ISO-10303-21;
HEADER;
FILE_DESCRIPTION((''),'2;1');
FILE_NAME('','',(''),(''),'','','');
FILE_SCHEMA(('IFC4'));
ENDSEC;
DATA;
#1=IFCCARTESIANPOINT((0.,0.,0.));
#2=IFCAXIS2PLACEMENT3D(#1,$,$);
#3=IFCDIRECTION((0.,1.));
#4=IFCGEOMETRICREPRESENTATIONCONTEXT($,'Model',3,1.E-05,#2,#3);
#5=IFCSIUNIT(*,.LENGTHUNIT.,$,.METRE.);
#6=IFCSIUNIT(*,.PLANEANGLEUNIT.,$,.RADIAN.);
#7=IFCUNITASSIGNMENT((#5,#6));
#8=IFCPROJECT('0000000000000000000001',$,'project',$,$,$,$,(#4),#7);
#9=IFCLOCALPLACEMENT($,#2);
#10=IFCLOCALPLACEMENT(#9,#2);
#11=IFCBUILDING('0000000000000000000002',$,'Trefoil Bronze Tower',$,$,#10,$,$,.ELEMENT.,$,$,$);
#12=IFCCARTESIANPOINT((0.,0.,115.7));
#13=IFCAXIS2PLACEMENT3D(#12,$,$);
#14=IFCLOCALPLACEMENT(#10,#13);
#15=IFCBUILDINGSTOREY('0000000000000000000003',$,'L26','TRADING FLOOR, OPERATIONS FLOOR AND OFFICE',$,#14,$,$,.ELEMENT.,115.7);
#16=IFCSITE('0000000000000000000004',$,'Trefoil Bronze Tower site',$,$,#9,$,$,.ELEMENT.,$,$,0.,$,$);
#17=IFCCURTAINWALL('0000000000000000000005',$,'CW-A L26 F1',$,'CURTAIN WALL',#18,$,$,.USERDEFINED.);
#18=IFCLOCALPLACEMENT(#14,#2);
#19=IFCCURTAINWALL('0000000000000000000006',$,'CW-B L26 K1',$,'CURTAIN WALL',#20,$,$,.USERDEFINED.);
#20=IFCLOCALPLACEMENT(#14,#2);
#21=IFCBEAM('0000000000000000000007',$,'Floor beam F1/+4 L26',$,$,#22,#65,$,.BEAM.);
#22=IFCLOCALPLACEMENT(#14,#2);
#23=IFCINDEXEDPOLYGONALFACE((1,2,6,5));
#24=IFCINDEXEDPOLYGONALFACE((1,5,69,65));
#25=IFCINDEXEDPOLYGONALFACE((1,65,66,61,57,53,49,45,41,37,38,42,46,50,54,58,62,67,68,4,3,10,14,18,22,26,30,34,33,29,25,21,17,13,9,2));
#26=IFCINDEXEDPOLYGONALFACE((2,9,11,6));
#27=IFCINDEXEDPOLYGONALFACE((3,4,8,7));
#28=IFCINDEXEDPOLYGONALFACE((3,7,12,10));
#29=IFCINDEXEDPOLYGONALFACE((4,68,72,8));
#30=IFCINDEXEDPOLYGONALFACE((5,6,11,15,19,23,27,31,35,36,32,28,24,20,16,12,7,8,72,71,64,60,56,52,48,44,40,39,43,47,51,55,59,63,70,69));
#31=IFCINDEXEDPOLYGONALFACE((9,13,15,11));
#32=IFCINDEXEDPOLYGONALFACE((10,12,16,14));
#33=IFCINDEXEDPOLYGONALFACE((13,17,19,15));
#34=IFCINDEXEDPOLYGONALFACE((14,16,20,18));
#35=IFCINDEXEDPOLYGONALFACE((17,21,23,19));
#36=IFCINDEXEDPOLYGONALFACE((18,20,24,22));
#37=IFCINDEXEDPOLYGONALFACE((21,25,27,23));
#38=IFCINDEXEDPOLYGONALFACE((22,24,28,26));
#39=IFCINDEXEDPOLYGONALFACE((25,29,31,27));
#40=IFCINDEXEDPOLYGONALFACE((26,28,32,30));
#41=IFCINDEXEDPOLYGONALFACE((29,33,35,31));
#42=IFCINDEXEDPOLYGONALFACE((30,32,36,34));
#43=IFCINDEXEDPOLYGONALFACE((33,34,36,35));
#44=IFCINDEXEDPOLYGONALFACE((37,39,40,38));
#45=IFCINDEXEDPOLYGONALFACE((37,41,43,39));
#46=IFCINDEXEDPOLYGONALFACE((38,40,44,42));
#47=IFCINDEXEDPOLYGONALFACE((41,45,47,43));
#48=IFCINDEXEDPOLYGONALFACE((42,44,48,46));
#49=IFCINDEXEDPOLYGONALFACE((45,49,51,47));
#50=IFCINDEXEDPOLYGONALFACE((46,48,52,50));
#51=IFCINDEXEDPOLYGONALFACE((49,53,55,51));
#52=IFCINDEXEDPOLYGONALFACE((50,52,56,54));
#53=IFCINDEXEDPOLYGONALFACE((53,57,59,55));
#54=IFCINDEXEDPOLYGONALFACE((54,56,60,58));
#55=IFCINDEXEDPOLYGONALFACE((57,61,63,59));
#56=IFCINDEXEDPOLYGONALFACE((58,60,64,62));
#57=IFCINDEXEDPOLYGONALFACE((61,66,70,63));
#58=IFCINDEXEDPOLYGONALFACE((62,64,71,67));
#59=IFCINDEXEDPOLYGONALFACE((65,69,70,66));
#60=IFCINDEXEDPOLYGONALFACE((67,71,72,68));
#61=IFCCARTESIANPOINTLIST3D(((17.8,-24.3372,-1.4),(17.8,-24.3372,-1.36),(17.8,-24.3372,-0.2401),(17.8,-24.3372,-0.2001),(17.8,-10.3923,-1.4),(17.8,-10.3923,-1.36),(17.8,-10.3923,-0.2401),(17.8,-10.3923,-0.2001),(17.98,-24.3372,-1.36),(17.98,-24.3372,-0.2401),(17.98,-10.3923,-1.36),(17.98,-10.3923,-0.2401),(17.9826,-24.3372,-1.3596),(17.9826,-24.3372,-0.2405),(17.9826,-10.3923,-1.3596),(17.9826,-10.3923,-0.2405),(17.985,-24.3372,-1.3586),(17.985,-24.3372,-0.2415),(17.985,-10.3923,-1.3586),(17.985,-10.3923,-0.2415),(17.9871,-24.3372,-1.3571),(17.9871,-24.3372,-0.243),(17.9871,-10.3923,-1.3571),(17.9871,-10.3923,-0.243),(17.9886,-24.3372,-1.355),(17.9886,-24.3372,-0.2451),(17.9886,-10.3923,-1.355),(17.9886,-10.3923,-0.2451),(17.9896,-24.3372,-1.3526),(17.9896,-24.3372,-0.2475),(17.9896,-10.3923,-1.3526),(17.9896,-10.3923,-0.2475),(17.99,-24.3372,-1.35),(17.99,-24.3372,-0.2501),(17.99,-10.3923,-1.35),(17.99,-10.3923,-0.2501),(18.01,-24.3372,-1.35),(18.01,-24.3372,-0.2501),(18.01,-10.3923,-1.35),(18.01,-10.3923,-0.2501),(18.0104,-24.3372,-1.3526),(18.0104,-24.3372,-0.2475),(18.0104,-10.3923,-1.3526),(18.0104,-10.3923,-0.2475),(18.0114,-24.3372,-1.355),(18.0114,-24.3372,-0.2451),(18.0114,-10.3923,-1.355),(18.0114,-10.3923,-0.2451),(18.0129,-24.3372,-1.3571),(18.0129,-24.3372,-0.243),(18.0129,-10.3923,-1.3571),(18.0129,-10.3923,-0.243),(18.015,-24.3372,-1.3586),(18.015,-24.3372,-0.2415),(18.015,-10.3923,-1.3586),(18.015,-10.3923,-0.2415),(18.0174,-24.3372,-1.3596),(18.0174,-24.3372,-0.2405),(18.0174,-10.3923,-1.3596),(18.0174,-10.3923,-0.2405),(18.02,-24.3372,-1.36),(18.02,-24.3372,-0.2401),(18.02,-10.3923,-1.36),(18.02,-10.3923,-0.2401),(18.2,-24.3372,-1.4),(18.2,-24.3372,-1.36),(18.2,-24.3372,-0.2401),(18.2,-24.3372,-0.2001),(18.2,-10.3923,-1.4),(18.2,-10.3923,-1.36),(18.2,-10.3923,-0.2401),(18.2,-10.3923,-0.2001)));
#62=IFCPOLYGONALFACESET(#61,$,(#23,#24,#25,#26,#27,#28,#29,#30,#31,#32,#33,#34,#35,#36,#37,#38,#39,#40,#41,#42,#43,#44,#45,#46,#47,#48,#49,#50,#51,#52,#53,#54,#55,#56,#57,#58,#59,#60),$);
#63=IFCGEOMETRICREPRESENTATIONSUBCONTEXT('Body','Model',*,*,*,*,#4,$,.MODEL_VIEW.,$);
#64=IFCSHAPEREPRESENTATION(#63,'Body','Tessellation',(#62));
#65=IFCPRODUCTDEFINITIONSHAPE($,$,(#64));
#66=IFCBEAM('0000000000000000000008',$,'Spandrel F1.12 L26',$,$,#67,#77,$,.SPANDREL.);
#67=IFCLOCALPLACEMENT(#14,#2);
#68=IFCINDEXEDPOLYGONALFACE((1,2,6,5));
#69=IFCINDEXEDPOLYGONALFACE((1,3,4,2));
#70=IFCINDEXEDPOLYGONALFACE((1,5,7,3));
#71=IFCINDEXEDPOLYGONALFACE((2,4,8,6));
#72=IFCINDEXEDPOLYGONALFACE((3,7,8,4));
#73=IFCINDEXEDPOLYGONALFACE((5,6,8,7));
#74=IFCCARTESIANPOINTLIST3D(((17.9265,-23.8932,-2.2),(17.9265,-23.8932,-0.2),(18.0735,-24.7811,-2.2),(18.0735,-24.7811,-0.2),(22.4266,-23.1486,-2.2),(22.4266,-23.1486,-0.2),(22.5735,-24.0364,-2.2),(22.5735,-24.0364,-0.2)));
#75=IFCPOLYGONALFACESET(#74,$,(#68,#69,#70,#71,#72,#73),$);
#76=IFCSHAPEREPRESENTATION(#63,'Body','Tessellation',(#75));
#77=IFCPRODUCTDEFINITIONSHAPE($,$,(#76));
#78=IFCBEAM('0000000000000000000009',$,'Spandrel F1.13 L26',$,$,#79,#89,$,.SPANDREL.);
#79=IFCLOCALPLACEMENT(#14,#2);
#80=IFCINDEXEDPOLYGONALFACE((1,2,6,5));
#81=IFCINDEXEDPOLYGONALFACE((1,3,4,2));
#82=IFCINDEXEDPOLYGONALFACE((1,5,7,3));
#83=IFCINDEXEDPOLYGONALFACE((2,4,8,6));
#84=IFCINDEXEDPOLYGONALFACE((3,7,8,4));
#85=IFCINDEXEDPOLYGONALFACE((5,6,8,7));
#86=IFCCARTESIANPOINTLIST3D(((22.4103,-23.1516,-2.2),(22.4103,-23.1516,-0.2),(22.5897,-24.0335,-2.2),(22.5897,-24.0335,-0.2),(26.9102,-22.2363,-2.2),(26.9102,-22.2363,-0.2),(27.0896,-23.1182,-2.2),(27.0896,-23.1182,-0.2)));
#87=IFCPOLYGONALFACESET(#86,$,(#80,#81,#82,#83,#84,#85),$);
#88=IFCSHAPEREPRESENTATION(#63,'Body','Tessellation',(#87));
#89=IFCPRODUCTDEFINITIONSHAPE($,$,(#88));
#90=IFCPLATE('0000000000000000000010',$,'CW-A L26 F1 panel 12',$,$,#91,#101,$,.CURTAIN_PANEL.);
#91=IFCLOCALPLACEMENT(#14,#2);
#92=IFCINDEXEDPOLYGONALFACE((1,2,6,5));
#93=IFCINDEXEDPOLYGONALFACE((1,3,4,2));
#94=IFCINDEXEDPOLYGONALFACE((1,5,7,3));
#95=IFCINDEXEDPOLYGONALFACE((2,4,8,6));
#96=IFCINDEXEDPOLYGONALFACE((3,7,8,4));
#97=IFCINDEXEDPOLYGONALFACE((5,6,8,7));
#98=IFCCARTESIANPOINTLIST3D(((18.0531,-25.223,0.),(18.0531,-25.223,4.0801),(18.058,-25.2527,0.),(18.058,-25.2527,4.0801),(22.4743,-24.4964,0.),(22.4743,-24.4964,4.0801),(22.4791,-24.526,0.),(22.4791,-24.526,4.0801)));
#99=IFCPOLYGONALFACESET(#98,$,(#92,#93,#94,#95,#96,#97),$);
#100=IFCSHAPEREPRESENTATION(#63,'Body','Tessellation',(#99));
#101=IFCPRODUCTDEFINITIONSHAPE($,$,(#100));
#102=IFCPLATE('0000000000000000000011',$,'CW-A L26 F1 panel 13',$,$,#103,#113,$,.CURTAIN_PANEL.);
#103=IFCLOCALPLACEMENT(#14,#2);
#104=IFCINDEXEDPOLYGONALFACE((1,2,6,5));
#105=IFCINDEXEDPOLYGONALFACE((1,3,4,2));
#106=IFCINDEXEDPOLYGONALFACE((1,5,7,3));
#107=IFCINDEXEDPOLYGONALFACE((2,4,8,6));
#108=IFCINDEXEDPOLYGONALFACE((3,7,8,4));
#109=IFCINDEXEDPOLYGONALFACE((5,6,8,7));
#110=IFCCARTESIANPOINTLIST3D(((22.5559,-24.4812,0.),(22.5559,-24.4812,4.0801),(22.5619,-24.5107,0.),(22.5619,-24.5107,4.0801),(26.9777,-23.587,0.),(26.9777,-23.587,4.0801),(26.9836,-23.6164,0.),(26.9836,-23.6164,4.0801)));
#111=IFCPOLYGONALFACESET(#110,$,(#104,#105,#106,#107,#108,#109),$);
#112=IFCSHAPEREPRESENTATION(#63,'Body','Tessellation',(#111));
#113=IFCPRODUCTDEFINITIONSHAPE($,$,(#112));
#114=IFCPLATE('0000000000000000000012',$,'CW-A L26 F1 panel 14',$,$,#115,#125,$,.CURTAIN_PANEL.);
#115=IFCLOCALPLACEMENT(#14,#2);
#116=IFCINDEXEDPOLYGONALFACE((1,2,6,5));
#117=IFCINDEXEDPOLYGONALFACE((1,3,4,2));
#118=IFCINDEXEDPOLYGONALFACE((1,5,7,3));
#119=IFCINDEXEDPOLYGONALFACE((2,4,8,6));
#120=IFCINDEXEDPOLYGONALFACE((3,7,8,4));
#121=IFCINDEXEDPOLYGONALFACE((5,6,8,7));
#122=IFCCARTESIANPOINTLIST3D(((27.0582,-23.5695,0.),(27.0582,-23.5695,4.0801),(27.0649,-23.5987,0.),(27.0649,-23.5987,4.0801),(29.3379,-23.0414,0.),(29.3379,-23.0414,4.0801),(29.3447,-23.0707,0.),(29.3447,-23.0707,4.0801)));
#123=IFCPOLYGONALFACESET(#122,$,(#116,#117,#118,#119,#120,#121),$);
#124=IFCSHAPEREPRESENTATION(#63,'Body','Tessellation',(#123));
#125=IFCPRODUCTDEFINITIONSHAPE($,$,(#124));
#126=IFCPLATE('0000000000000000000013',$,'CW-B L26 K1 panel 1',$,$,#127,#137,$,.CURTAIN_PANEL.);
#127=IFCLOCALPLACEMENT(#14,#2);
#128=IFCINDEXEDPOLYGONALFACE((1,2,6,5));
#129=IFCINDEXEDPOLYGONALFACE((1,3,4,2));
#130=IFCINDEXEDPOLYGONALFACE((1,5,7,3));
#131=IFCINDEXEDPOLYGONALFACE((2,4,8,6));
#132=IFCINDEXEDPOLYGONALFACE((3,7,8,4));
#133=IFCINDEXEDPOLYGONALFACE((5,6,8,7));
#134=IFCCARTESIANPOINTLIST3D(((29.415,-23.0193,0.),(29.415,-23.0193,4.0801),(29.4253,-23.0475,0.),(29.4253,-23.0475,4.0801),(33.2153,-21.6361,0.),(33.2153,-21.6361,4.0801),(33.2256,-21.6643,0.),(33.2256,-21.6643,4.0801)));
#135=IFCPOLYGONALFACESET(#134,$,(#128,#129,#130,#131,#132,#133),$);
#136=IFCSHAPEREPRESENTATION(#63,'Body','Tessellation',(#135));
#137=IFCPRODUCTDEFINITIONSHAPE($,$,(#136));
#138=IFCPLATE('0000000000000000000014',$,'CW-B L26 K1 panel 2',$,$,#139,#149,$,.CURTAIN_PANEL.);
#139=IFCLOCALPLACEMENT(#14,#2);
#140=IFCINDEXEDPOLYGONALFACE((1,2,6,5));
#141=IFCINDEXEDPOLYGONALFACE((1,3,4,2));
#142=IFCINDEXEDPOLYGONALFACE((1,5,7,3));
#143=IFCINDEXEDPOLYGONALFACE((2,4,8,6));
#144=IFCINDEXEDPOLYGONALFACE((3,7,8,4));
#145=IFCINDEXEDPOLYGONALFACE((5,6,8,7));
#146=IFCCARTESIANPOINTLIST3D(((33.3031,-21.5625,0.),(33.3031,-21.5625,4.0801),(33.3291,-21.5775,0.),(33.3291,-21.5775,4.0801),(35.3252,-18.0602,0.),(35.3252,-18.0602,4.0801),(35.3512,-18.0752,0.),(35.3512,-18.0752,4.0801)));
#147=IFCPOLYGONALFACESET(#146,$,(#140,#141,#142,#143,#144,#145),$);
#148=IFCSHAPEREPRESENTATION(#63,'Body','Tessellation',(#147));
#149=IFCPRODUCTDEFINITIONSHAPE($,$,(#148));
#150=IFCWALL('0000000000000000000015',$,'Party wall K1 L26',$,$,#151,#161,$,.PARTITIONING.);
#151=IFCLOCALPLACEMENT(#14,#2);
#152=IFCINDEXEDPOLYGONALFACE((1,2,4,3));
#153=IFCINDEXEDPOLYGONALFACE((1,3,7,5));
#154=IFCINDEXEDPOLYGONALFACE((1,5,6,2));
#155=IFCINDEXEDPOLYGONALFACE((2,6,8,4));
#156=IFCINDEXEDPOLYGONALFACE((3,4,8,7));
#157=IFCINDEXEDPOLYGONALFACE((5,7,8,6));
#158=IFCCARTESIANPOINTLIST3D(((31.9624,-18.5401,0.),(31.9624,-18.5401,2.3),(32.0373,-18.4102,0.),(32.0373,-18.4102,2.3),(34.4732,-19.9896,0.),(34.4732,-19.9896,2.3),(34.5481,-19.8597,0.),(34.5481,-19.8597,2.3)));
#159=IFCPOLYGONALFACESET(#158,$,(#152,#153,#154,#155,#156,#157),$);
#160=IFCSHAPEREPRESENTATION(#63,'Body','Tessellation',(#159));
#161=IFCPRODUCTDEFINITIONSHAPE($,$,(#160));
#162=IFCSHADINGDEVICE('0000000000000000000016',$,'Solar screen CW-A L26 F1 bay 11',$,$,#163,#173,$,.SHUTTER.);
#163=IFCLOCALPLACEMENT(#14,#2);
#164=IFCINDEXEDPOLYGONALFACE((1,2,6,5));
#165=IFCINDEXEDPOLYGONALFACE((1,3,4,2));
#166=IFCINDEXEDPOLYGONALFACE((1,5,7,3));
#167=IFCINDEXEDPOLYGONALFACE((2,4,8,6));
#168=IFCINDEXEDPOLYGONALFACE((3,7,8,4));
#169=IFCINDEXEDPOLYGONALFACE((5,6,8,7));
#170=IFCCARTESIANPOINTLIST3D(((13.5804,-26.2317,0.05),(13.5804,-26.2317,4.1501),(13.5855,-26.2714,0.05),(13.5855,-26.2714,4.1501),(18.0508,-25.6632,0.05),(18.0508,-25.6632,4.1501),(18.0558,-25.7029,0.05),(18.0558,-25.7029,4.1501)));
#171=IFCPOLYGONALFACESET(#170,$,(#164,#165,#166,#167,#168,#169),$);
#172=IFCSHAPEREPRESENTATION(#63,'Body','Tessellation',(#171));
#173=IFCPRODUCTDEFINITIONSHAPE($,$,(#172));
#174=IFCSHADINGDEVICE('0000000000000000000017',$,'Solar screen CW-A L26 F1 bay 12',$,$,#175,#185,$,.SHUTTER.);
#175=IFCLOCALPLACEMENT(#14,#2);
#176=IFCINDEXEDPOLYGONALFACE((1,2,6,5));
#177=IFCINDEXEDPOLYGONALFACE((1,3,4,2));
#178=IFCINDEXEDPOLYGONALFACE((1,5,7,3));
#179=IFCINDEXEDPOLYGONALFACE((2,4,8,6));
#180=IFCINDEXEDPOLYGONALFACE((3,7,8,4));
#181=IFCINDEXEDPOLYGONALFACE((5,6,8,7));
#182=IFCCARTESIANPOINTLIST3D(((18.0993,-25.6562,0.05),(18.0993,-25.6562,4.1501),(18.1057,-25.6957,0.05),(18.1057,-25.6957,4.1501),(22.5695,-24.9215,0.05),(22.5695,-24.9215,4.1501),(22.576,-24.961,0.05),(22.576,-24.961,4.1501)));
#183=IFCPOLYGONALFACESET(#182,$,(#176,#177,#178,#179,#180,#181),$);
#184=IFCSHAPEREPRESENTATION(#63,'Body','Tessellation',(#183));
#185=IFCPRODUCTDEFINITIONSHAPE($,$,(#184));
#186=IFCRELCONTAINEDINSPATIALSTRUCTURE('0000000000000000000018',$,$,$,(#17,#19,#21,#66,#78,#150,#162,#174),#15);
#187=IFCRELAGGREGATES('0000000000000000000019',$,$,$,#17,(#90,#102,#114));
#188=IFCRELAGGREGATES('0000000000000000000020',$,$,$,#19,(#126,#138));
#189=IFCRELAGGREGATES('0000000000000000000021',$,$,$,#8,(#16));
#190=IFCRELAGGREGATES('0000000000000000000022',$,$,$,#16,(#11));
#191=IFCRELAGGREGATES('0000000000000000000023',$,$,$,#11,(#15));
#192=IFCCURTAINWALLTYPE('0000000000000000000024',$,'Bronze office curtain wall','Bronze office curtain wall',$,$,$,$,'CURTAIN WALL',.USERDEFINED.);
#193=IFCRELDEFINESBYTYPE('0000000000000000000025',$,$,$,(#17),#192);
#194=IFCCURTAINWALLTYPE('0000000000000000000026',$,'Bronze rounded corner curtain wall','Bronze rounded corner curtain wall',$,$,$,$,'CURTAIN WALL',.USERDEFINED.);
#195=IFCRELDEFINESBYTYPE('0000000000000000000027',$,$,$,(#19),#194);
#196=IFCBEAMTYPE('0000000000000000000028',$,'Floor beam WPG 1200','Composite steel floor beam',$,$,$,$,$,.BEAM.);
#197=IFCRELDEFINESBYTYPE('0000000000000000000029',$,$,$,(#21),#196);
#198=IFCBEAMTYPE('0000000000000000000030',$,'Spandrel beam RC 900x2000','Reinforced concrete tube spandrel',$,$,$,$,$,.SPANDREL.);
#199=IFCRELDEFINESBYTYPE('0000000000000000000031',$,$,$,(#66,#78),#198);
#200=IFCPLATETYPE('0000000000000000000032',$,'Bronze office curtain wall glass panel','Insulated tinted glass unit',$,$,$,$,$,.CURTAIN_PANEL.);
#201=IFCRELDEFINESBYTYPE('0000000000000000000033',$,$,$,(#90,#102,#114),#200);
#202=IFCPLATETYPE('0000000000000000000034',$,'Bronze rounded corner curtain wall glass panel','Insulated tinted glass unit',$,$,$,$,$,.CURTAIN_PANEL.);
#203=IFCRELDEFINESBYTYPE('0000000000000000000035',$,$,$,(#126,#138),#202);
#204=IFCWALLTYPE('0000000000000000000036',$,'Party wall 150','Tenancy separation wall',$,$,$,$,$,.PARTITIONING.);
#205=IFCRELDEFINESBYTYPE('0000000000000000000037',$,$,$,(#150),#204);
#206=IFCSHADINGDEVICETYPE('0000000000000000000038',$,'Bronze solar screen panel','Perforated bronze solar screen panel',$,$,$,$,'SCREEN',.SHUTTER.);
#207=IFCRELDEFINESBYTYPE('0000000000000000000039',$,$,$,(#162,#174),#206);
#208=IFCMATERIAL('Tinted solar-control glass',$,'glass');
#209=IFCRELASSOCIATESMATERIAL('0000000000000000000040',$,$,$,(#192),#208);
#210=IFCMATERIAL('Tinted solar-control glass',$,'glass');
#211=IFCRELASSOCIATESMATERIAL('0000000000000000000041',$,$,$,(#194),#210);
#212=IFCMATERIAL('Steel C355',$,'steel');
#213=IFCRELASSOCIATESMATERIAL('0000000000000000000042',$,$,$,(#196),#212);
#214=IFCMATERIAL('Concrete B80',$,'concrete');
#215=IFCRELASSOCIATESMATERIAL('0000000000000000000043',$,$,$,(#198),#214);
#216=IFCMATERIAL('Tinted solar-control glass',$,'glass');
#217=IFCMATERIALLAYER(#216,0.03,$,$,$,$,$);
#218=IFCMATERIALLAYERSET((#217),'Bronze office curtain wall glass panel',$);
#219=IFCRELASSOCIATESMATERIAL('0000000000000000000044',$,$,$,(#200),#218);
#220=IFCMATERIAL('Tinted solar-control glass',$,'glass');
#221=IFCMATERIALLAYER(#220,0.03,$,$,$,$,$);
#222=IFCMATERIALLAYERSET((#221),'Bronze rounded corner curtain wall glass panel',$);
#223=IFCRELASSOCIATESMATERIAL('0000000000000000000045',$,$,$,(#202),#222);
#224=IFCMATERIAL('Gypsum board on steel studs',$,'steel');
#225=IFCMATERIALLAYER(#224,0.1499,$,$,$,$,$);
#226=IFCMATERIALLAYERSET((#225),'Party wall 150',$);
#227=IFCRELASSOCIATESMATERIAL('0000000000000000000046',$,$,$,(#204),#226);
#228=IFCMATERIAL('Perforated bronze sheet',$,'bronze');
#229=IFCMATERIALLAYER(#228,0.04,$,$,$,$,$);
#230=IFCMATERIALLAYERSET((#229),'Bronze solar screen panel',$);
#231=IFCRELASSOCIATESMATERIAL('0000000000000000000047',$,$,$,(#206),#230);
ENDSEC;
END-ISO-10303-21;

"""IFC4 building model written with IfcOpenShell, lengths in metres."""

from ifc_helpers import new_model, si_unit, direction, frame, frame_2d, origin, origin_2d, place, context, subcontext, project, spatial, rectangle, i_section, extrude, material, layer, layer_set, material_profile, profile_set, type_object, element, aggregate, save


model = new_model("IFC4")

# Units and contexts
model_context = context("Model", 3, precision=1e-05, world=origin(), true_north=direction((0.0, 1.0)))
body_context = subcontext(model_context, "Body", "Model", "MODEL_VIEW")
ifc_project = project(units=[si_unit("LENGTHUNIT", "METRE"), si_unit("PLANEANGLEUNIT", "RADIAN")], contexts=[model_context])

# Site, building, storey
site_placement = place(None, origin())
site = spatial("IfcSite", under=ifc_project, at=site_placement, Name="Trefoil Bronze Tower site", CompositionType="ELEMENT", RefElevation=0.0)
building_placement = place(site_placement, origin())
building = spatial("IfcBuilding", under=site, at=building_placement, Name="Trefoil Bronze Tower", CompositionType="ELEMENT")
storey_placement = place(building_placement, frame((0.0, 0.0, 115.7)))
storey = spatial("IfcBuildingStorey", under=building, at=storey_placement, Name="L26", Description="TRADING FLOOR, OPERATIONS FLOOR AND OFFICE", CompositionType="ELEMENT", Elevation=115.7)

# Curtain walls
ifc_material_1 = material(Name="Tinted solar-control glass", Category="glass")
curtain_wall_type_1 = type_object("IfcCurtainWallType", Name="Bronze office curtain wall", Description="Bronze office curtain wall", ElementType="CURTAIN WALL", PredefinedType="USERDEFINED", material=ifc_material_1)
curtain_wall_1_placement = place(storey_placement, origin())
curtain_wall_1 = element("IfcCurtainWall", 1, at=curtain_wall_1_placement, inside=storey, type_object=curtain_wall_type_1, Name="CW-A L26 F1", ObjectType="CURTAIN WALL", PredefinedType="USERDEFINED")
ifc_material_2 = material(Name="Tinted solar-control glass", Category="glass")
curtain_wall_type_2 = type_object("IfcCurtainWallType", Name="Bronze rounded corner curtain wall", Description="Bronze rounded corner curtain wall", ElementType="CURTAIN WALL", PredefinedType="USERDEFINED", material=ifc_material_2)
curtain_wall_2_placement = place(storey_placement, origin())
curtain_wall_2 = element("IfcCurtainWall", 2, at=curtain_wall_2_placement, inside=storey, type_object=curtain_wall_type_2, Name="CW-B L26 K1", ObjectType="CURTAIN WALL", PredefinedType="USERDEFINED")

# Beams
ifc_material_3 = material(Name="Steel C355", Category="steel")
ifc_material_profile_1 = material_profile(ifc_material_3, i_section(OverallWidth=0.3999, OverallDepth=1.2, WebThickness=0.02, FlangeThickness=0.04, FilletRadius=0.01, at=origin_2d()), Name="WPG 1200")
ifc_profile_set_1 = profile_set([ifc_material_profile_1], Name="Steel C355")
beam_type_1 = type_object("IfcBeamType", Name="Floor beam WPG 1200", Description="Composite steel floor beam", PredefinedType="BEAM", material=ifc_profile_set_1)
beam_1_placement = place(storey_placement, frame((18.0, -24.3372, -0.8), z_axis=(0.0, 1.0, 0.0), x_axis=(-1.0, 0.0, 0.0)))
element("IfcBeam", 3, at=beam_1_placement, inside=storey, type_object=beam_type_1, Name="Floor beam F1/+4 L26", PredefinedType="BEAM", context=body_context, shape_type="SweptSolid", body=[
    extrude(i_section(OverallWidth=0.3999, OverallDepth=1.2, WebThickness=0.02, FlangeThickness=0.04, FilletRadius=0.01, at=origin_2d()), origin(), (0.0, 0.0, 1.0), 13.9448),
])
ifc_material_4 = material(Name="Concrete B80", Category="concrete")
ifc_material_profile_2 = material_profile(ifc_material_4, rectangle(XDim=0.8999, YDim=2.0, at=origin_2d()), Name="RC 900x2000")
ifc_profile_set_2 = profile_set([ifc_material_profile_2], Name="Concrete B80")
beam_type_2 = type_object("IfcBeamType", Name="Spandrel beam RC 900x2000", Description="Reinforced concrete tube spandrel", PredefinedType="SPANDREL", material=ifc_profile_set_2)
beam_2_placement = place(storey_placement, frame((18.0, -24.3372, -1.2), z_axis=(0.986584, 0.163253, 0.0), x_axis=(-0.163253, 0.986584, 0.0)))
element("IfcBeam", 4, at=beam_2_placement, inside=storey, type_object=beam_type_2, Name="Spandrel F1.12 L26", PredefinedType="SPANDREL", context=body_context, shape_type="SweptSolid", body=[
    extrude(rectangle(XDim=0.8999, YDim=2.0, at=origin_2d()), origin(), (0.0, 0.0, 1.0), 4.5613),
])
beam_3_placement = place(storey_placement, frame((22.5, -23.5925, -1.2), z_axis=(0.979935, 0.199315, 0.0), x_axis=(-0.199315, 0.979935, 0.0)))
element("IfcBeam", 5, at=beam_3_placement, inside=storey, type_object=beam_type_2, Name="Spandrel F1.13 L26", PredefinedType="SPANDREL", context=body_context, shape_type="SweptSolid", body=[
    extrude(rectangle(XDim=0.8999, YDim=2.0, at=origin_2d()), origin(), (0.0, 0.0, 1.0), 4.592),
])

# Plates
ifc_material_5 = material(Name="Tinted solar-control glass", Category="glass")
ifc_layer_1 = layer(ifc_material_5, 0.03)
ifc_layer_set_1 = layer_set([ifc_layer_1], Name="Bronze office curtain wall glass panel")
plate_type_1 = type_object("IfcPlateType", Name="Bronze office curtain wall glass panel", Description="Insulated tinted glass unit", PredefinedType="CURTAIN_PANEL", material=ifc_layer_set_1)
plate_1_placement = place(storey_placement, frame((20.2661, -24.8745, 0.0), z_axis=(0.0, 0.0, 1.0), x_axis=(0.98676, 0.162189, 0.0)))
plate_1 = element("IfcPlate", 6, at=plate_1_placement, type_object=plate_type_1, Name="CW-A L26 F1 panel 12", PredefinedType="CURTAIN_PANEL", context=body_context, shape_type="SweptSolid", body=[
    extrude(rectangle(XDim=4.4805, YDim=0.03, at=origin_2d()), origin(), (0.0, 0.0, 1.0), 4.0801),
])
plate_2_placement = place(storey_placement, frame((24.7698, -24.0488, 0.0), z_axis=(0.0, 0.0, 1.0), x_axis=(0.980155, 0.198232, 0.0)))
plate_2 = element("IfcPlate", 7, at=plate_2_placement, type_object=plate_type_1, Name="CW-A L26 F1 panel 13", PredefinedType="CURTAIN_PANEL", context=body_context, shape_type="SweptSolid", body=[
    extrude(rectangle(XDim=4.5112, YDim=0.03, at=origin_2d()), origin(), (0.0, 0.0, 1.0), 4.0801),
])
plate_3_placement = place(storey_placement, frame((28.2014, -23.3201, 0.0), z_axis=(0.0, 0.0, 1.0), x_axis=(0.974204, 0.225667, 0.0)))
plate_3 = element("IfcPlate", 8, at=plate_3_placement, type_object=plate_type_1, Name="CW-A L26 F1 panel 14", PredefinedType="CURTAIN_PANEL", context=body_context, shape_type="SweptSolid", body=[
    extrude(rectangle(XDim=2.3401, YDim=0.03, at=origin_2d()), origin(), (0.0, 0.0, 1.0), 4.0801),
])
aggregate(curtain_wall_1, [plate_1, plate_2, plate_3])
ifc_material_6 = material(Name="Tinted solar-control glass", Category="glass")
ifc_layer_2 = layer(ifc_material_6, 0.03)
ifc_layer_set_2 = layer_set([ifc_layer_2], Name="Bronze rounded corner curtain wall glass panel")
plate_type_2 = type_object("IfcPlateType", Name="Bronze rounded corner curtain wall glass panel", Description="Insulated tinted glass unit", PredefinedType="CURTAIN_PANEL", material=ifc_layer_set_2)
plate_4_placement = place(storey_placement, frame((31.3203, -22.3418, 0.0), z_axis=(0.0, 0.0, 1.0), x_axis=(0.939693, 0.34202, 0.0)))
plate_4 = element("IfcPlate", 9, at=plate_4_placement, type_object=plate_type_2, Name="CW-B L26 K1 panel 1", PredefinedType="CURTAIN_PANEL", context=body_context, shape_type="SweptSolid", body=[
    extrude(rectangle(XDim=4.0442, YDim=0.03, at=origin_2d()), origin(), (0.0, 0.0, 1.0), 4.0801),
])
plate_5_placement = place(storey_placement, frame((34.3271, -19.8188, 0.0), z_axis=(0.0, 0.0, 1.0), x_axis=(0.5, 0.866025, 0.0)))
plate_5 = element("IfcPlate", 10, at=plate_5_placement, type_object=plate_type_2, Name="CW-B L26 K1 panel 2", PredefinedType="CURTAIN_PANEL", context=body_context, shape_type="SweptSolid", body=[
    extrude(rectangle(XDim=4.0442, YDim=0.03, at=origin_2d()), origin(), (0.0, 0.0, 1.0), 4.0801),
])
aggregate(curtain_wall_2, [plate_4, plate_5])

# Wall
ifc_material_7 = material(Name="Gypsum board on steel studs", Category="steel")
ifc_layer_3 = layer(ifc_material_7, 0.1499)
ifc_layer_set_3 = layer_set([ifc_layer_3], Name="Party wall 150")
wall_type = type_object("IfcWallType", Name="Party wall 150", Description="Tenancy separation wall", PredefinedType="PARTITIONING", material=ifc_layer_set_3)
wall_placement = place(storey_placement, frame((31.9998, -18.4751, 0.0), z_axis=(0.0, 0.0, 1.0), x_axis=(0.866043, -0.49997, 0.0)))
element("IfcWall", 11, at=wall_placement, inside=storey, type_object=wall_type, Name="Party wall K1 L26", PredefinedType="PARTITIONING", context=body_context, shape_type="SweptSolid", body=[
    extrude(rectangle(XDim=2.8992, YDim=0.1499, at=frame_2d((1.4497, 0.0))), origin(), (0.0, 0.0, 1.0), 2.3),
])

# Shading devices
ifc_material_8 = material(Name="Perforated bronze sheet", Category="bronze")
ifc_layer_4 = layer(ifc_material_8, 0.04)
ifc_layer_set_4 = layer_set([ifc_layer_4], Name="Bronze solar screen panel")
shading_device_type = type_object("IfcShadingDeviceType", Name="Bronze solar screen panel", Description="Perforated bronze solar screen panel", ElementType="SCREEN", PredefinedType="SHUTTER", material=ifc_layer_set_4)
shading_device_1_placement = place(storey_placement, frame((15.8181, -25.9673, 0.05), z_axis=(0.0, 0.0, 1.0), x_axis=(0.992012, 0.126147, 0.0)))
element("IfcShadingDevice", 12, at=shading_device_1_placement, inside=storey, type_object=shading_device_type, Name="Solar screen CW-A L26 F1 bay 11", PredefinedType="SHUTTER", context=body_context, shape_type="SweptSolid", body=[
    extrude(rectangle(XDim=4.5063, YDim=0.04, at=origin_2d()), origin(), (0.0, 0.0, 1.0), 4.1001),
])
shading_device_2_placement = place(storey_placement, frame((20.3376, -25.3086, 0.05), z_axis=(0.0, 0.0, 1.0), x_axis=(0.98676, 0.162189, 0.0)))
element("IfcShadingDevice", 13, at=shading_device_2_placement, inside=storey, type_object=shading_device_type, Name="Solar screen CW-A L26 F1 bay 12", PredefinedType="SHUTTER", context=body_context, shape_type="SweptSolid", body=[
    extrude(rectangle(XDim=4.5303, YDim=0.04, at=origin_2d()), origin(), (0.0, 0.0, 1.0), 4.1001),
])

save(model, "model.ifc")
